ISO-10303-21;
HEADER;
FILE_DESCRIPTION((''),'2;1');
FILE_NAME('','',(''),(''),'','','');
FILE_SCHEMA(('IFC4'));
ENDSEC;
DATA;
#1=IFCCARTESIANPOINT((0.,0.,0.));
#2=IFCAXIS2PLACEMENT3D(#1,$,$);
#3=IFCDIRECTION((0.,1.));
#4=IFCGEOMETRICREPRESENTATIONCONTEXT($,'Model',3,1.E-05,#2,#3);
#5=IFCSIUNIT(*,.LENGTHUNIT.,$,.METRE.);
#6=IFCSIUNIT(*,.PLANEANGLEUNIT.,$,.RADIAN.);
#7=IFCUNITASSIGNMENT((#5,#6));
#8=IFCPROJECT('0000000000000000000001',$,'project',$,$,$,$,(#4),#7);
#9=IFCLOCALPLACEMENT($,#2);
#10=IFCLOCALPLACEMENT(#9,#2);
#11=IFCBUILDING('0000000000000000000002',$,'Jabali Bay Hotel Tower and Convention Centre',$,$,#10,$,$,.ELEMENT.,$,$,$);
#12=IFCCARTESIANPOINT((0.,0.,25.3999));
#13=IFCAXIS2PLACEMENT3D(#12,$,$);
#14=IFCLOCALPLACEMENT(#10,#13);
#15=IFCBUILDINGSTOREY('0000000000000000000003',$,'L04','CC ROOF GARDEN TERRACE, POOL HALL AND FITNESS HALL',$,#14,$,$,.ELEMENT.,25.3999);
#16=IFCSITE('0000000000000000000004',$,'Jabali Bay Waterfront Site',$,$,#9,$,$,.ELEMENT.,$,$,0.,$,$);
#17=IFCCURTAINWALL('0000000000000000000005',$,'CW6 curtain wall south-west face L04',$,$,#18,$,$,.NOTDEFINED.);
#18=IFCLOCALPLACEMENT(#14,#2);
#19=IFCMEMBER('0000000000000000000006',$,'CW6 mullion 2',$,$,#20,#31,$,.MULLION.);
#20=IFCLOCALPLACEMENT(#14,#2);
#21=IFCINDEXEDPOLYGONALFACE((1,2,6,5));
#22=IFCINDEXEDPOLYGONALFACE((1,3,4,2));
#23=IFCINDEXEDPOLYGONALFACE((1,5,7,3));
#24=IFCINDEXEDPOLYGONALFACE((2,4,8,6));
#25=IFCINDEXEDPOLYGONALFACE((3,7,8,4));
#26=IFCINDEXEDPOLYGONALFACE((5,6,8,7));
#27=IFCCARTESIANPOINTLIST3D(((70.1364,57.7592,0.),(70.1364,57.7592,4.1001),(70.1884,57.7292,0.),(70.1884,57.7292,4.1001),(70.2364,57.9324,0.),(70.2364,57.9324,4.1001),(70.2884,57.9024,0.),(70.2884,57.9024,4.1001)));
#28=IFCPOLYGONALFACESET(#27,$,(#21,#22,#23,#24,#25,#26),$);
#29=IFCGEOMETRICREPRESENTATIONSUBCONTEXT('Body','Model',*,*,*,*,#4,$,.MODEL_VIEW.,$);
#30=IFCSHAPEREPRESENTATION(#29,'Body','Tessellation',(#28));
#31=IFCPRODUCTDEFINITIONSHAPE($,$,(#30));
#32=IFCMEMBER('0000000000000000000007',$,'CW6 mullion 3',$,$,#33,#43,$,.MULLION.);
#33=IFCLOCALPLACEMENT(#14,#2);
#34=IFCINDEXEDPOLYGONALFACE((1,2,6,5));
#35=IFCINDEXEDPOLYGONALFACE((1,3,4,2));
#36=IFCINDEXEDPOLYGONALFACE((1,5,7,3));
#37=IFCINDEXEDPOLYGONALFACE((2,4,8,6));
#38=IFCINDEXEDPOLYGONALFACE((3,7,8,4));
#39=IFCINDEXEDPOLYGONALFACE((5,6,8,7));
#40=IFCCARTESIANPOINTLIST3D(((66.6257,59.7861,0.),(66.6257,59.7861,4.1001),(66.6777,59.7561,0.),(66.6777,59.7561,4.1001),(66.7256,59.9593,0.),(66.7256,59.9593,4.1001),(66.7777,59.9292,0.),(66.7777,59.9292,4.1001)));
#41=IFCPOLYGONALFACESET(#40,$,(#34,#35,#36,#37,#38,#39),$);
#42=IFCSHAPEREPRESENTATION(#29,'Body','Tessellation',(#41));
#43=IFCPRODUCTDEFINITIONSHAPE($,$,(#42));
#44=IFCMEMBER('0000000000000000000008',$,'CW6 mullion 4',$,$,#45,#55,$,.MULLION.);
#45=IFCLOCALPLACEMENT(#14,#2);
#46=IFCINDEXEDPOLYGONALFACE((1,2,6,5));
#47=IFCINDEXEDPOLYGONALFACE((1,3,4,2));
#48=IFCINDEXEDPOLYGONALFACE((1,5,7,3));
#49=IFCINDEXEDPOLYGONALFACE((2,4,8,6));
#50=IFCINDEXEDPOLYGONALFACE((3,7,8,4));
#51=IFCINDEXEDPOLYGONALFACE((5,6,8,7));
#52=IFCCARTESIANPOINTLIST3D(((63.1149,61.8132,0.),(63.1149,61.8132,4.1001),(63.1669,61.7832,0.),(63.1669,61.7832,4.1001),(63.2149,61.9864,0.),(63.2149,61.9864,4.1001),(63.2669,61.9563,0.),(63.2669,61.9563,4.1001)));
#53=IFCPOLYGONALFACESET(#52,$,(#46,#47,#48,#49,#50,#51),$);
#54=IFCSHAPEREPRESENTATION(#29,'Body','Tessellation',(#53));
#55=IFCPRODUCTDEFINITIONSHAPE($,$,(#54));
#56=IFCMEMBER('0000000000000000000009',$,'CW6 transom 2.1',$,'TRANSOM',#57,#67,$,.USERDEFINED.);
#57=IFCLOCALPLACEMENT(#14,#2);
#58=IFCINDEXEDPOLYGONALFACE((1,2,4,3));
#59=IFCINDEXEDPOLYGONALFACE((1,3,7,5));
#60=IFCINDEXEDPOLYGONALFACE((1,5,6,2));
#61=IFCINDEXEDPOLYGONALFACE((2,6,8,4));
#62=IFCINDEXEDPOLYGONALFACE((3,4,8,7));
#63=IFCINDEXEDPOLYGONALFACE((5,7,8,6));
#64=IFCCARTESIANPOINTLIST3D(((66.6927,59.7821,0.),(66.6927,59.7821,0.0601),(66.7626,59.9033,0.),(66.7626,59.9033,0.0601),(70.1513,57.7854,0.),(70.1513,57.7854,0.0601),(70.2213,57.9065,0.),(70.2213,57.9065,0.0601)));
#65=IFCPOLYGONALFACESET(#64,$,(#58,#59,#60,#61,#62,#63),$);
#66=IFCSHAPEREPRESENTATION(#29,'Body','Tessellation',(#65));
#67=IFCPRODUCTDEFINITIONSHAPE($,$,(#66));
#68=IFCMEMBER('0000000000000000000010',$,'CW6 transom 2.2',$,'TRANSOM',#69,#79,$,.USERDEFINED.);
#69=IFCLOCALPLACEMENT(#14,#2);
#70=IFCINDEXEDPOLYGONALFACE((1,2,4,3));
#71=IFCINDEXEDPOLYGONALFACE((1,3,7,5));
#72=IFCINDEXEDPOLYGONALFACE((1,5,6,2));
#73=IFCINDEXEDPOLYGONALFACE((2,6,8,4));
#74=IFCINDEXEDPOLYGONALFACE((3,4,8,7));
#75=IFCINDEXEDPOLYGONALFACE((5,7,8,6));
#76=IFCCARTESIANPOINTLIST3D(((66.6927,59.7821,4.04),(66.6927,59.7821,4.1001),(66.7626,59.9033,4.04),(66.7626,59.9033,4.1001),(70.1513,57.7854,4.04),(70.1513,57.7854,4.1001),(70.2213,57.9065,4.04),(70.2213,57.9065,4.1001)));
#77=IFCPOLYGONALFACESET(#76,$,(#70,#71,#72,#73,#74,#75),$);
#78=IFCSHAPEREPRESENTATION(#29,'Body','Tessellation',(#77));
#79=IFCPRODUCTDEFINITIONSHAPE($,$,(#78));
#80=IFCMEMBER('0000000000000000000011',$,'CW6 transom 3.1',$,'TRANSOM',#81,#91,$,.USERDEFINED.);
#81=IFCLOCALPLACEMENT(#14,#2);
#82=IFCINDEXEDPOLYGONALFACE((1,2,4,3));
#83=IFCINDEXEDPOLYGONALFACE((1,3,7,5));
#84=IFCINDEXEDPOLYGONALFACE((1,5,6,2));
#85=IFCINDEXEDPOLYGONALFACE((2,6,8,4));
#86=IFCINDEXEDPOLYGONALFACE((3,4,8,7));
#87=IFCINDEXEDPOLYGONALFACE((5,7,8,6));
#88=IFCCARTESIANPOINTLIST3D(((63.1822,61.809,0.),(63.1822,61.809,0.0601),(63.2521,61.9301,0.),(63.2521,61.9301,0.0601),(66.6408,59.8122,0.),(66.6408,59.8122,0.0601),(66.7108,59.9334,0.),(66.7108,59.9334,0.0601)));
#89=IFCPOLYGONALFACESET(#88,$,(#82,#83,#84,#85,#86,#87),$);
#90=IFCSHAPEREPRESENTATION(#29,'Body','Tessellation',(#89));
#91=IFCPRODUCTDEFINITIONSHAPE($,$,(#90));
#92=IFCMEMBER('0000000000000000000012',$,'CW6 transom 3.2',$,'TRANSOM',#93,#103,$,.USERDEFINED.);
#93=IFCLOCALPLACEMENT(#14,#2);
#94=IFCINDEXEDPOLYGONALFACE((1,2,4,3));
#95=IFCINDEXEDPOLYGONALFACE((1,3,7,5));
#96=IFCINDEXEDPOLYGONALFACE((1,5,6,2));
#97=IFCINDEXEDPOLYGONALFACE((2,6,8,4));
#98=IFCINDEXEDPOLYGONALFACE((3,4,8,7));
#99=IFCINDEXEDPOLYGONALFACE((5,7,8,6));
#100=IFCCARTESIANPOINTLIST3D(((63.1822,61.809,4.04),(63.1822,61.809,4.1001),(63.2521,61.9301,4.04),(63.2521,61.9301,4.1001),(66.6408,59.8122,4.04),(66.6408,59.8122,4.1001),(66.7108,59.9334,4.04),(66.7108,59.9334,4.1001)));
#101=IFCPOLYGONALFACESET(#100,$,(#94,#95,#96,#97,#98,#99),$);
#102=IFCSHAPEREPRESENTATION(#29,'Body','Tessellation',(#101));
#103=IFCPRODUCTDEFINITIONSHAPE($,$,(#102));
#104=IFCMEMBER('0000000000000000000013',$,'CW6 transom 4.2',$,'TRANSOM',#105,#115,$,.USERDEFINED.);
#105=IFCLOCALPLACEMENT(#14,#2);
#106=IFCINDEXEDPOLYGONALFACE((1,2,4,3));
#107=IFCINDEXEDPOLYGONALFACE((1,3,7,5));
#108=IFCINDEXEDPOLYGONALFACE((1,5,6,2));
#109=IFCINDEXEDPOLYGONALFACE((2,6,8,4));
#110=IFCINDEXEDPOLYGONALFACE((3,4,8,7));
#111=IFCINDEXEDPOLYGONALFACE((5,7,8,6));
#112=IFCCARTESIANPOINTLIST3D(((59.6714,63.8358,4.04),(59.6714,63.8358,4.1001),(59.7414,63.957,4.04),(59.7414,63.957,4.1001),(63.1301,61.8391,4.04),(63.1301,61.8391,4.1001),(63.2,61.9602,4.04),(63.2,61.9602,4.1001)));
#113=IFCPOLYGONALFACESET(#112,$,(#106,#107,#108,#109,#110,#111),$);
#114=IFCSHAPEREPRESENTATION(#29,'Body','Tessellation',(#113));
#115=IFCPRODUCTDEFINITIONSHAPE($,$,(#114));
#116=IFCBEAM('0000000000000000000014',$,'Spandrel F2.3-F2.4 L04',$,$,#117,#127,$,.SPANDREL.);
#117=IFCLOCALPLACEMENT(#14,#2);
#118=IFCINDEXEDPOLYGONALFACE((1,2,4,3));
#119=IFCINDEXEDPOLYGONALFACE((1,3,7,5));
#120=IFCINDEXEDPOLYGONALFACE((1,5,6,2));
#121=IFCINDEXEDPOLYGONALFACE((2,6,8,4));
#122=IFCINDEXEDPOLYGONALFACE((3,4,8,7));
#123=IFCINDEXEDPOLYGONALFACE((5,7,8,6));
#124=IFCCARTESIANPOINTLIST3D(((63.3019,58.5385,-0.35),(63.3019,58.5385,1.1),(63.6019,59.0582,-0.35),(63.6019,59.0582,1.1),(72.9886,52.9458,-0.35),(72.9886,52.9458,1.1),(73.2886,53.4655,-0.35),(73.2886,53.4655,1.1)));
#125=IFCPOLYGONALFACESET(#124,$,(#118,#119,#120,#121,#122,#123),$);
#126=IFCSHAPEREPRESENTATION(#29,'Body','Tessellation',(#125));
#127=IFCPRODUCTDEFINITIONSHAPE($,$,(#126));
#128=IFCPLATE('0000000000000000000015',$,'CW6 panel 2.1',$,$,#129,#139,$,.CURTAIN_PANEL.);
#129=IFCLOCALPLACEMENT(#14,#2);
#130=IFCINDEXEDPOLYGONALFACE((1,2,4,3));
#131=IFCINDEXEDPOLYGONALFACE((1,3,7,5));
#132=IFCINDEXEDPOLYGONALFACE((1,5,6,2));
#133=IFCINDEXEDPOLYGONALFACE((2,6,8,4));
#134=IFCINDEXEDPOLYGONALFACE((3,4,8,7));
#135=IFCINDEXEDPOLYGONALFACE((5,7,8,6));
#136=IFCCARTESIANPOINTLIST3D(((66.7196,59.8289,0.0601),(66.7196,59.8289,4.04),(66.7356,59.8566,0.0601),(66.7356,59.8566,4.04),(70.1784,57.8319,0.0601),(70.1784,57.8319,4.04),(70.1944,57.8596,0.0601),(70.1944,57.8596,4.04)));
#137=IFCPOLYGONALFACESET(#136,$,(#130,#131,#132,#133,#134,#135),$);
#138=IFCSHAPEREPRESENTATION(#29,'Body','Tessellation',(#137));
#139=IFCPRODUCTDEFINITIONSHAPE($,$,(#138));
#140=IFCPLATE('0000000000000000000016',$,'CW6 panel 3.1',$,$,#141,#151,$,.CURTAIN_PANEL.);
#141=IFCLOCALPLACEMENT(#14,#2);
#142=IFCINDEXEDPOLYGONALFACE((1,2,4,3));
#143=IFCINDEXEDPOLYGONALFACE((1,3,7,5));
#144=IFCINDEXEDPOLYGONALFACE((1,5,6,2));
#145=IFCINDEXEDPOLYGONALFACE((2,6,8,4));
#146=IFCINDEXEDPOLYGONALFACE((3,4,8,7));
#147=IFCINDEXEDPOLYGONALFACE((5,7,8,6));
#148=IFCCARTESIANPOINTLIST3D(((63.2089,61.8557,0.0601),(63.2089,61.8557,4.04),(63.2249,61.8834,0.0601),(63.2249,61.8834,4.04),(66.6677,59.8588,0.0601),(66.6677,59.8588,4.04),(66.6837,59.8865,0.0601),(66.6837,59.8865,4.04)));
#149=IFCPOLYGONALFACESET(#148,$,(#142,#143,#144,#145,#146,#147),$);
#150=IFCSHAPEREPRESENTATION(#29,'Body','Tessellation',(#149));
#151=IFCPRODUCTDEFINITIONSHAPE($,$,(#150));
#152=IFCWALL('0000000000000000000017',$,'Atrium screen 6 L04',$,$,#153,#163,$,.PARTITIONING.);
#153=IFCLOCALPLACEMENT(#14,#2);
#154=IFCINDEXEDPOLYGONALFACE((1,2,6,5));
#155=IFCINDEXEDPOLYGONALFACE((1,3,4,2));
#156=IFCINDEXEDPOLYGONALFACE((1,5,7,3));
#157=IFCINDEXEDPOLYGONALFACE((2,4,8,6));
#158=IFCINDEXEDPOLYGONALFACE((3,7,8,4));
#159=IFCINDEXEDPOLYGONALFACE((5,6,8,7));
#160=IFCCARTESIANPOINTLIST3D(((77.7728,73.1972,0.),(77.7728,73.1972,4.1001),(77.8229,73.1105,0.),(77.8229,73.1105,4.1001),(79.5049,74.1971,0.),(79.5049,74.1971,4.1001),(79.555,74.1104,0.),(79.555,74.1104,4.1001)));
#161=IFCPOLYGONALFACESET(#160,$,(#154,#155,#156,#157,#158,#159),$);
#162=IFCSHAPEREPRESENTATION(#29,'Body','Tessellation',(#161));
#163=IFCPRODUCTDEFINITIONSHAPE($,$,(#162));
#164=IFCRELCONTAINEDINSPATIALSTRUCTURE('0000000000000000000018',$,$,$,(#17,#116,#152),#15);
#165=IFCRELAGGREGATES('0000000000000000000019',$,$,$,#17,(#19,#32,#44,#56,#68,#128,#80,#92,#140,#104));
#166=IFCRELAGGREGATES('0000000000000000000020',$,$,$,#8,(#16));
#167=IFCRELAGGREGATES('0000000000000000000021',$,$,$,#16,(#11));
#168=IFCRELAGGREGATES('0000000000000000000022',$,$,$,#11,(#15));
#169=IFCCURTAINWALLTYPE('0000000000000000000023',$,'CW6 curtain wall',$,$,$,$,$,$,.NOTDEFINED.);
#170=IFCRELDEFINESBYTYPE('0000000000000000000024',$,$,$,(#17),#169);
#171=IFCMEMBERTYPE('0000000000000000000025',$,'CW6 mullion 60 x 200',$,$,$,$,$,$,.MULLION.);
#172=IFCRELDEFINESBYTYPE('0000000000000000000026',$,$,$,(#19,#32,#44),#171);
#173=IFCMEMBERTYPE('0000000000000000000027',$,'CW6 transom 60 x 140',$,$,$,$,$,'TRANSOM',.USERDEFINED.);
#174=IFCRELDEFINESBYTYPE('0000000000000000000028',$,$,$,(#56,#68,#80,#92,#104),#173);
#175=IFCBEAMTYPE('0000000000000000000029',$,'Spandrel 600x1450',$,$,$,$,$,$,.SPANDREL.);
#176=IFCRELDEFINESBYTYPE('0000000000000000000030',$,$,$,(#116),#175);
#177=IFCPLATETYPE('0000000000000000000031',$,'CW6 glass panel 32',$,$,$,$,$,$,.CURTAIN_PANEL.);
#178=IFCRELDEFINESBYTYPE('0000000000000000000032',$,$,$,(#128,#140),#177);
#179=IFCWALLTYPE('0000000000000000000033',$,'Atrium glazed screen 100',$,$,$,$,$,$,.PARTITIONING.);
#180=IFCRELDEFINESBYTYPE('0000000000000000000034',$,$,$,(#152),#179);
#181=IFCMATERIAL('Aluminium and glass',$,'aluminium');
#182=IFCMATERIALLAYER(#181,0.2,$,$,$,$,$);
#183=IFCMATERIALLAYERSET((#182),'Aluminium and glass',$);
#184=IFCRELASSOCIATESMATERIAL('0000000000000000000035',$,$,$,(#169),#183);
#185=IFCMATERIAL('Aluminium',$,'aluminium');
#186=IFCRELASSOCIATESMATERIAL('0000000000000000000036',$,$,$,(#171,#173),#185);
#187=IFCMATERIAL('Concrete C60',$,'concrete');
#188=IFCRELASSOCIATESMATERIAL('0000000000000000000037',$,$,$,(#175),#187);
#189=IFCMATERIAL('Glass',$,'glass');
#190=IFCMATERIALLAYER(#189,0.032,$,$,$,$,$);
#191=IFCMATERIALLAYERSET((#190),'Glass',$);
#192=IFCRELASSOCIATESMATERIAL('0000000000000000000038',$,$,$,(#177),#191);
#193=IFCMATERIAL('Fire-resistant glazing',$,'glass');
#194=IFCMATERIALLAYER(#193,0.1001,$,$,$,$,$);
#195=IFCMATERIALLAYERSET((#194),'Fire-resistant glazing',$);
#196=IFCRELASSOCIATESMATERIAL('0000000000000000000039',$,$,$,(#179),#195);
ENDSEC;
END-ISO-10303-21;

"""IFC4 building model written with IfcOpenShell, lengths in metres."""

from ifc_helpers import new_model, si_unit, direction, frame, frame_2d, origin, origin_2d, place, context, subcontext, project, spatial, rectangle, extrude, material, layer, layer_set, material_profile, profile_set, type_object, element, aggregate, save


model = new_model("IFC4")

# Units and contexts
model_context = context("Model", 3, precision=1e-05, world=origin(), true_north=direction((0.0, 1.0)))
body_context = subcontext(model_context, "Body", "Model", "MODEL_VIEW")
ifc_project = project(units=[si_unit("LENGTHUNIT", "METRE"), si_unit("PLANEANGLEUNIT", "RADIAN")], contexts=[model_context])

# Site, building, storey
site_placement = place(None, origin())
site = spatial("IfcSite", under=ifc_project, at=site_placement, Name="Jabali Bay Waterfront Site", CompositionType="ELEMENT", RefElevation=0.0)
building_placement = place(site_placement, origin())
building = spatial("IfcBuilding", under=site, at=building_placement, Name="Jabali Bay Hotel Tower and Convention Centre", CompositionType="ELEMENT")
storey_placement = place(building_placement, frame((0.0, 0.0, 25.3999)))
storey = spatial("IfcBuildingStorey", under=building, at=storey_placement, Name="L04", Description="CC ROOF GARDEN TERRACE, POOL HALL AND FITNESS HALL", CompositionType="ELEMENT", Elevation=25.3999)

# Curtain wall, members
ifc_material_1 = material(Name="Aluminium and glass", Category="aluminium")
ifc_layer_1 = layer(ifc_material_1, 0.2)
ifc_layer_set_1 = layer_set([ifc_layer_1], Name="Aluminium and glass")
curtain_wall_type = type_object("IfcCurtainWallType", Name="CW6 curtain wall", PredefinedType="NOTDEFINED", material=ifc_layer_set_1)
curtain_wall_placement = place(storey_placement, origin())
curtain_wall = element("IfcCurtainWall", 1, at=curtain_wall_placement, inside=storey, type_object=curtain_wall_type, Name="CW6 curtain wall south-west face L04", PredefinedType="NOTDEFINED")
ifc_material_2 = material(Name="Aluminium", Category="aluminium")
ifc_material_profile_1 = material_profile(ifc_material_2, rectangle(XDim=0.2, YDim=0.0601, at=origin_2d()), Name="CW6 mullion 60 x 200")
ifc_profile_set_1 = profile_set([ifc_material_profile_1], Name="Aluminium")
member_type_1 = type_object("IfcMemberType", Name="CW6 mullion 60 x 200", PredefinedType="MULLION", material=ifc_profile_set_1)
member_1_placement = place(storey_placement, frame((70.2124, 57.8308, 0.0), z_axis=(0.0, 0.0, 1.0), x_axis=(-0.5, -0.866025, 0.0)))
member_1 = element("IfcMember", 2, at=member_1_placement, type_object=member_type_1, Name="CW6 mullion 2", PredefinedType="MULLION", context=body_context, shape_type="SweptSolid", body=[
    extrude(rectangle(XDim=0.2, YDim=0.0601, at=origin_2d()), origin(), (0.0, 0.0, 1.0), 4.1001),
])
member_2_placement = place(storey_placement, frame((66.7017, 59.8577, 0.0), z_axis=(0.0, 0.0, 1.0), x_axis=(-0.5, -0.866025, 0.0)))
member_2 = element("IfcMember", 3, at=member_2_placement, type_object=member_type_1, Name="CW6 mullion 3", PredefinedType="MULLION", context=body_context, shape_type="SweptSolid", body=[
    extrude(rectangle(XDim=0.2, YDim=0.0601, at=origin_2d()), origin(), (0.0, 0.0, 1.0), 4.1001),
])
member_3_placement = place(storey_placement, frame((63.1909, 61.8848, 0.0), z_axis=(0.0, 0.0, 1.0), x_axis=(-0.5, -0.866025, 0.0)))
member_3 = element("IfcMember", 4, at=member_3_placement, type_object=member_type_1, Name="CW6 mullion 4", PredefinedType="MULLION", context=body_context, shape_type="SweptSolid", body=[
    extrude(rectangle(XDim=0.2, YDim=0.0601, at=origin_2d()), origin(), (0.0, 0.0, 1.0), 4.1001),
])
ifc_material_profile_2 = material_profile(ifc_material_2, rectangle(XDim=0.1399, YDim=0.0601, at=origin_2d()), Name="CW6 transom 60 x 140")
ifc_profile_set_2 = profile_set([ifc_material_profile_2], Name="Aluminium")
member_type_2 = type_object("IfcMemberType", Name="CW6 transom 60 x 140", ElementType="TRANSOM", PredefinedType="USERDEFINED", material=ifc_profile_set_2)
member_4_placement = place(storey_placement, frame((70.1863, 57.8459, 0.03), z_axis=(-0.866034, 0.499985, 0.0), x_axis=(-0.499985, -0.866034, 0.0)))
member_4 = element("IfcMember", 5, at=member_4_placement, type_object=member_type_2, Name="CW6 transom 2.1", ObjectType="TRANSOM", PredefinedType="USERDEFINED", context=body_context, shape_type="SweptSolid", body=[
    extrude(rectangle(XDim=0.1399, YDim=0.0601, at=origin_2d()), origin(), (0.0, 0.0, 1.0), 3.9937),
])
member_5_placement = place(storey_placement, frame((70.1863, 57.8459, 4.0701), z_axis=(-0.866034, 0.499985, 0.0), x_axis=(-0.499985, -0.866034, 0.0)))
member_5 = element("IfcMember", 6, at=member_5_placement, type_object=member_type_2, Name="CW6 transom 2.2", ObjectType="TRANSOM", PredefinedType="USERDEFINED", context=body_context, shape_type="SweptSolid", body=[
    extrude(rectangle(XDim=0.1399, YDim=0.0601, at=origin_2d()), origin(), (0.0, 0.0, 1.0), 3.9937),
])
member_6_placement = place(storey_placement, frame((66.6758, 59.8728, 0.03), z_axis=(-0.866034, 0.499985, 0.0), x_axis=(-0.499985, -0.866034, 0.0)))
member_6 = element("IfcMember", 7, at=member_6_placement, type_object=member_type_2, Name="CW6 transom 3.1", ObjectType="TRANSOM", PredefinedType="USERDEFINED", context=body_context, shape_type="SweptSolid", body=[
    extrude(rectangle(XDim=0.1399, YDim=0.0601, at=origin_2d()), origin(), (0.0, 0.0, 1.0), 3.9937),
])
member_7_placement = place(storey_placement, frame((66.6758, 59.8728, 4.0701), z_axis=(-0.866034, 0.499985, 0.0), x_axis=(-0.499985, -0.866034, 0.0)))
member_7 = element("IfcMember", 8, at=member_7_placement, type_object=member_type_2, Name="CW6 transom 3.2", ObjectType="TRANSOM", PredefinedType="USERDEFINED", context=body_context, shape_type="SweptSolid", body=[
    extrude(rectangle(XDim=0.1399, YDim=0.0601, at=origin_2d()), origin(), (0.0, 0.0, 1.0), 3.9937),
])
member_8_placement = place(storey_placement, frame((63.165, 61.8997, 4.0701), z_axis=(-0.866034, 0.499985, 0.0), x_axis=(-0.499985, -0.866034, 0.0)))
member_8 = element("IfcMember", 9, at=member_8_placement, type_object=member_type_2, Name="CW6 transom 4.2", ObjectType="TRANSOM", PredefinedType="USERDEFINED", context=body_context, shape_type="SweptSolid", body=[
    extrude(rectangle(XDim=0.1399, YDim=0.0601, at=origin_2d()), origin(), (0.0, 0.0, 1.0), 3.9937),
])

# Beam
ifc_material_3 = material(Name="Concrete C60", Category="concrete")
ifc_material_profile_3 = material_profile(ifc_material_3, rectangle(XDim=0.6001, YDim=1.45, at=origin_2d()), Name="Spandrel 600x1450")
ifc_profile_set_3 = profile_set([ifc_material_profile_3], Name="Concrete C60")
beam_type = type_object("IfcBeamType", Name="Spandrel 600x1450", PredefinedType="SPANDREL", material=ifc_profile_set_3)
beam_placement = place(storey_placement, frame((63.4519, 58.7983, 0.375), z_axis=(0.866021, -0.500008, 0.0), x_axis=(0.500008, 0.866021, 0.0)))
element("IfcBeam", 10, at=beam_placement, inside=storey, type_object=beam_type, Name="Spandrel F2.3-F2.4 L04", PredefinedType="SPANDREL", context=body_context, shape_type="SweptSolid", body=[
    extrude(rectangle(XDim=0.6001, YDim=1.45, at=origin_2d()), origin(), (0.0, 0.0, 1.0), 11.1853),
])

# Plates
ifc_material_4 = material(Name="Glass", Category="glass")
ifc_layer_2 = layer(ifc_material_4, 0.032)
ifc_layer_set_2 = layer_set([ifc_layer_2], Name="Glass")
plate_type = type_object("IfcPlateType", Name="CW6 glass panel 32", PredefinedType="CURTAIN_PANEL", material=ifc_layer_set_2)
plate_1_placement = place(storey_placement, frame((68.457, 58.8442, 0.0601), z_axis=(0.0, 0.0, 1.0), x_axis=(-0.866025, 0.5, 0.0)))
plate_1 = element("IfcPlate", 11, at=plate_1_placement, type_object=plate_type, Name="CW6 panel 2.1", PredefinedType="CURTAIN_PANEL", context=body_context, shape_type="SweptSolid", body=[
    extrude(rectangle(XDim=3.9939, YDim=0.032, at=origin_2d()), origin(), (0.0, 0.0, 1.0), 3.98),
])
plate_2_placement = place(storey_placement, frame((64.9463, 60.8711, 0.0601), z_axis=(0.0, 0.0, 1.0), x_axis=(-0.866025, 0.5, 0.0)))
plate_2 = element("IfcPlate", 12, at=plate_2_placement, type_object=plate_type, Name="CW6 panel 3.1", PredefinedType="CURTAIN_PANEL", context=body_context, shape_type="SweptSolid", body=[
    extrude(rectangle(XDim=3.9939, YDim=0.032, at=origin_2d()), origin(), (0.0, 0.0, 1.0), 3.98),
])
aggregate(curtain_wall, [member_1, member_2, member_3, member_4, member_5, plate_1, member_6, member_7, plate_2, member_8])

# Wall
ifc_material_5 = material(Name="Fire-resistant glazing", Category="glass")
ifc_layer_3 = layer(ifc_material_5, 0.1001)
ifc_layer_set_3 = layer_set([ifc_layer_3], Name="Fire-resistant glazing")
wall_type_1 = type_object("IfcWallType", Name="Atrium glazed screen 100", PredefinedType="PARTITIONING", material=ifc_layer_set_3)
wall_1_placement = place(storey_placement, frame((77.7979, 73.1538, 0.0), z_axis=(0.0, 0.0, 1.0), x_axis=(0.866041, 0.499973, 0.0)))
element("IfcWall", 13, at=wall_1_placement, inside=storey, type_object=wall_type_1, Name="Atrium screen 6 L04", PredefinedType="PARTITIONING", context=body_context, shape_type="SweptSolid", body=[
    extrude(rectangle(XDim=2.0, YDim=0.1001, at=frame_2d((1.0, 0.0))), origin(), (0.0, 0.0, 1.0), 4.1001),
])

save(model, "model.ifc")
